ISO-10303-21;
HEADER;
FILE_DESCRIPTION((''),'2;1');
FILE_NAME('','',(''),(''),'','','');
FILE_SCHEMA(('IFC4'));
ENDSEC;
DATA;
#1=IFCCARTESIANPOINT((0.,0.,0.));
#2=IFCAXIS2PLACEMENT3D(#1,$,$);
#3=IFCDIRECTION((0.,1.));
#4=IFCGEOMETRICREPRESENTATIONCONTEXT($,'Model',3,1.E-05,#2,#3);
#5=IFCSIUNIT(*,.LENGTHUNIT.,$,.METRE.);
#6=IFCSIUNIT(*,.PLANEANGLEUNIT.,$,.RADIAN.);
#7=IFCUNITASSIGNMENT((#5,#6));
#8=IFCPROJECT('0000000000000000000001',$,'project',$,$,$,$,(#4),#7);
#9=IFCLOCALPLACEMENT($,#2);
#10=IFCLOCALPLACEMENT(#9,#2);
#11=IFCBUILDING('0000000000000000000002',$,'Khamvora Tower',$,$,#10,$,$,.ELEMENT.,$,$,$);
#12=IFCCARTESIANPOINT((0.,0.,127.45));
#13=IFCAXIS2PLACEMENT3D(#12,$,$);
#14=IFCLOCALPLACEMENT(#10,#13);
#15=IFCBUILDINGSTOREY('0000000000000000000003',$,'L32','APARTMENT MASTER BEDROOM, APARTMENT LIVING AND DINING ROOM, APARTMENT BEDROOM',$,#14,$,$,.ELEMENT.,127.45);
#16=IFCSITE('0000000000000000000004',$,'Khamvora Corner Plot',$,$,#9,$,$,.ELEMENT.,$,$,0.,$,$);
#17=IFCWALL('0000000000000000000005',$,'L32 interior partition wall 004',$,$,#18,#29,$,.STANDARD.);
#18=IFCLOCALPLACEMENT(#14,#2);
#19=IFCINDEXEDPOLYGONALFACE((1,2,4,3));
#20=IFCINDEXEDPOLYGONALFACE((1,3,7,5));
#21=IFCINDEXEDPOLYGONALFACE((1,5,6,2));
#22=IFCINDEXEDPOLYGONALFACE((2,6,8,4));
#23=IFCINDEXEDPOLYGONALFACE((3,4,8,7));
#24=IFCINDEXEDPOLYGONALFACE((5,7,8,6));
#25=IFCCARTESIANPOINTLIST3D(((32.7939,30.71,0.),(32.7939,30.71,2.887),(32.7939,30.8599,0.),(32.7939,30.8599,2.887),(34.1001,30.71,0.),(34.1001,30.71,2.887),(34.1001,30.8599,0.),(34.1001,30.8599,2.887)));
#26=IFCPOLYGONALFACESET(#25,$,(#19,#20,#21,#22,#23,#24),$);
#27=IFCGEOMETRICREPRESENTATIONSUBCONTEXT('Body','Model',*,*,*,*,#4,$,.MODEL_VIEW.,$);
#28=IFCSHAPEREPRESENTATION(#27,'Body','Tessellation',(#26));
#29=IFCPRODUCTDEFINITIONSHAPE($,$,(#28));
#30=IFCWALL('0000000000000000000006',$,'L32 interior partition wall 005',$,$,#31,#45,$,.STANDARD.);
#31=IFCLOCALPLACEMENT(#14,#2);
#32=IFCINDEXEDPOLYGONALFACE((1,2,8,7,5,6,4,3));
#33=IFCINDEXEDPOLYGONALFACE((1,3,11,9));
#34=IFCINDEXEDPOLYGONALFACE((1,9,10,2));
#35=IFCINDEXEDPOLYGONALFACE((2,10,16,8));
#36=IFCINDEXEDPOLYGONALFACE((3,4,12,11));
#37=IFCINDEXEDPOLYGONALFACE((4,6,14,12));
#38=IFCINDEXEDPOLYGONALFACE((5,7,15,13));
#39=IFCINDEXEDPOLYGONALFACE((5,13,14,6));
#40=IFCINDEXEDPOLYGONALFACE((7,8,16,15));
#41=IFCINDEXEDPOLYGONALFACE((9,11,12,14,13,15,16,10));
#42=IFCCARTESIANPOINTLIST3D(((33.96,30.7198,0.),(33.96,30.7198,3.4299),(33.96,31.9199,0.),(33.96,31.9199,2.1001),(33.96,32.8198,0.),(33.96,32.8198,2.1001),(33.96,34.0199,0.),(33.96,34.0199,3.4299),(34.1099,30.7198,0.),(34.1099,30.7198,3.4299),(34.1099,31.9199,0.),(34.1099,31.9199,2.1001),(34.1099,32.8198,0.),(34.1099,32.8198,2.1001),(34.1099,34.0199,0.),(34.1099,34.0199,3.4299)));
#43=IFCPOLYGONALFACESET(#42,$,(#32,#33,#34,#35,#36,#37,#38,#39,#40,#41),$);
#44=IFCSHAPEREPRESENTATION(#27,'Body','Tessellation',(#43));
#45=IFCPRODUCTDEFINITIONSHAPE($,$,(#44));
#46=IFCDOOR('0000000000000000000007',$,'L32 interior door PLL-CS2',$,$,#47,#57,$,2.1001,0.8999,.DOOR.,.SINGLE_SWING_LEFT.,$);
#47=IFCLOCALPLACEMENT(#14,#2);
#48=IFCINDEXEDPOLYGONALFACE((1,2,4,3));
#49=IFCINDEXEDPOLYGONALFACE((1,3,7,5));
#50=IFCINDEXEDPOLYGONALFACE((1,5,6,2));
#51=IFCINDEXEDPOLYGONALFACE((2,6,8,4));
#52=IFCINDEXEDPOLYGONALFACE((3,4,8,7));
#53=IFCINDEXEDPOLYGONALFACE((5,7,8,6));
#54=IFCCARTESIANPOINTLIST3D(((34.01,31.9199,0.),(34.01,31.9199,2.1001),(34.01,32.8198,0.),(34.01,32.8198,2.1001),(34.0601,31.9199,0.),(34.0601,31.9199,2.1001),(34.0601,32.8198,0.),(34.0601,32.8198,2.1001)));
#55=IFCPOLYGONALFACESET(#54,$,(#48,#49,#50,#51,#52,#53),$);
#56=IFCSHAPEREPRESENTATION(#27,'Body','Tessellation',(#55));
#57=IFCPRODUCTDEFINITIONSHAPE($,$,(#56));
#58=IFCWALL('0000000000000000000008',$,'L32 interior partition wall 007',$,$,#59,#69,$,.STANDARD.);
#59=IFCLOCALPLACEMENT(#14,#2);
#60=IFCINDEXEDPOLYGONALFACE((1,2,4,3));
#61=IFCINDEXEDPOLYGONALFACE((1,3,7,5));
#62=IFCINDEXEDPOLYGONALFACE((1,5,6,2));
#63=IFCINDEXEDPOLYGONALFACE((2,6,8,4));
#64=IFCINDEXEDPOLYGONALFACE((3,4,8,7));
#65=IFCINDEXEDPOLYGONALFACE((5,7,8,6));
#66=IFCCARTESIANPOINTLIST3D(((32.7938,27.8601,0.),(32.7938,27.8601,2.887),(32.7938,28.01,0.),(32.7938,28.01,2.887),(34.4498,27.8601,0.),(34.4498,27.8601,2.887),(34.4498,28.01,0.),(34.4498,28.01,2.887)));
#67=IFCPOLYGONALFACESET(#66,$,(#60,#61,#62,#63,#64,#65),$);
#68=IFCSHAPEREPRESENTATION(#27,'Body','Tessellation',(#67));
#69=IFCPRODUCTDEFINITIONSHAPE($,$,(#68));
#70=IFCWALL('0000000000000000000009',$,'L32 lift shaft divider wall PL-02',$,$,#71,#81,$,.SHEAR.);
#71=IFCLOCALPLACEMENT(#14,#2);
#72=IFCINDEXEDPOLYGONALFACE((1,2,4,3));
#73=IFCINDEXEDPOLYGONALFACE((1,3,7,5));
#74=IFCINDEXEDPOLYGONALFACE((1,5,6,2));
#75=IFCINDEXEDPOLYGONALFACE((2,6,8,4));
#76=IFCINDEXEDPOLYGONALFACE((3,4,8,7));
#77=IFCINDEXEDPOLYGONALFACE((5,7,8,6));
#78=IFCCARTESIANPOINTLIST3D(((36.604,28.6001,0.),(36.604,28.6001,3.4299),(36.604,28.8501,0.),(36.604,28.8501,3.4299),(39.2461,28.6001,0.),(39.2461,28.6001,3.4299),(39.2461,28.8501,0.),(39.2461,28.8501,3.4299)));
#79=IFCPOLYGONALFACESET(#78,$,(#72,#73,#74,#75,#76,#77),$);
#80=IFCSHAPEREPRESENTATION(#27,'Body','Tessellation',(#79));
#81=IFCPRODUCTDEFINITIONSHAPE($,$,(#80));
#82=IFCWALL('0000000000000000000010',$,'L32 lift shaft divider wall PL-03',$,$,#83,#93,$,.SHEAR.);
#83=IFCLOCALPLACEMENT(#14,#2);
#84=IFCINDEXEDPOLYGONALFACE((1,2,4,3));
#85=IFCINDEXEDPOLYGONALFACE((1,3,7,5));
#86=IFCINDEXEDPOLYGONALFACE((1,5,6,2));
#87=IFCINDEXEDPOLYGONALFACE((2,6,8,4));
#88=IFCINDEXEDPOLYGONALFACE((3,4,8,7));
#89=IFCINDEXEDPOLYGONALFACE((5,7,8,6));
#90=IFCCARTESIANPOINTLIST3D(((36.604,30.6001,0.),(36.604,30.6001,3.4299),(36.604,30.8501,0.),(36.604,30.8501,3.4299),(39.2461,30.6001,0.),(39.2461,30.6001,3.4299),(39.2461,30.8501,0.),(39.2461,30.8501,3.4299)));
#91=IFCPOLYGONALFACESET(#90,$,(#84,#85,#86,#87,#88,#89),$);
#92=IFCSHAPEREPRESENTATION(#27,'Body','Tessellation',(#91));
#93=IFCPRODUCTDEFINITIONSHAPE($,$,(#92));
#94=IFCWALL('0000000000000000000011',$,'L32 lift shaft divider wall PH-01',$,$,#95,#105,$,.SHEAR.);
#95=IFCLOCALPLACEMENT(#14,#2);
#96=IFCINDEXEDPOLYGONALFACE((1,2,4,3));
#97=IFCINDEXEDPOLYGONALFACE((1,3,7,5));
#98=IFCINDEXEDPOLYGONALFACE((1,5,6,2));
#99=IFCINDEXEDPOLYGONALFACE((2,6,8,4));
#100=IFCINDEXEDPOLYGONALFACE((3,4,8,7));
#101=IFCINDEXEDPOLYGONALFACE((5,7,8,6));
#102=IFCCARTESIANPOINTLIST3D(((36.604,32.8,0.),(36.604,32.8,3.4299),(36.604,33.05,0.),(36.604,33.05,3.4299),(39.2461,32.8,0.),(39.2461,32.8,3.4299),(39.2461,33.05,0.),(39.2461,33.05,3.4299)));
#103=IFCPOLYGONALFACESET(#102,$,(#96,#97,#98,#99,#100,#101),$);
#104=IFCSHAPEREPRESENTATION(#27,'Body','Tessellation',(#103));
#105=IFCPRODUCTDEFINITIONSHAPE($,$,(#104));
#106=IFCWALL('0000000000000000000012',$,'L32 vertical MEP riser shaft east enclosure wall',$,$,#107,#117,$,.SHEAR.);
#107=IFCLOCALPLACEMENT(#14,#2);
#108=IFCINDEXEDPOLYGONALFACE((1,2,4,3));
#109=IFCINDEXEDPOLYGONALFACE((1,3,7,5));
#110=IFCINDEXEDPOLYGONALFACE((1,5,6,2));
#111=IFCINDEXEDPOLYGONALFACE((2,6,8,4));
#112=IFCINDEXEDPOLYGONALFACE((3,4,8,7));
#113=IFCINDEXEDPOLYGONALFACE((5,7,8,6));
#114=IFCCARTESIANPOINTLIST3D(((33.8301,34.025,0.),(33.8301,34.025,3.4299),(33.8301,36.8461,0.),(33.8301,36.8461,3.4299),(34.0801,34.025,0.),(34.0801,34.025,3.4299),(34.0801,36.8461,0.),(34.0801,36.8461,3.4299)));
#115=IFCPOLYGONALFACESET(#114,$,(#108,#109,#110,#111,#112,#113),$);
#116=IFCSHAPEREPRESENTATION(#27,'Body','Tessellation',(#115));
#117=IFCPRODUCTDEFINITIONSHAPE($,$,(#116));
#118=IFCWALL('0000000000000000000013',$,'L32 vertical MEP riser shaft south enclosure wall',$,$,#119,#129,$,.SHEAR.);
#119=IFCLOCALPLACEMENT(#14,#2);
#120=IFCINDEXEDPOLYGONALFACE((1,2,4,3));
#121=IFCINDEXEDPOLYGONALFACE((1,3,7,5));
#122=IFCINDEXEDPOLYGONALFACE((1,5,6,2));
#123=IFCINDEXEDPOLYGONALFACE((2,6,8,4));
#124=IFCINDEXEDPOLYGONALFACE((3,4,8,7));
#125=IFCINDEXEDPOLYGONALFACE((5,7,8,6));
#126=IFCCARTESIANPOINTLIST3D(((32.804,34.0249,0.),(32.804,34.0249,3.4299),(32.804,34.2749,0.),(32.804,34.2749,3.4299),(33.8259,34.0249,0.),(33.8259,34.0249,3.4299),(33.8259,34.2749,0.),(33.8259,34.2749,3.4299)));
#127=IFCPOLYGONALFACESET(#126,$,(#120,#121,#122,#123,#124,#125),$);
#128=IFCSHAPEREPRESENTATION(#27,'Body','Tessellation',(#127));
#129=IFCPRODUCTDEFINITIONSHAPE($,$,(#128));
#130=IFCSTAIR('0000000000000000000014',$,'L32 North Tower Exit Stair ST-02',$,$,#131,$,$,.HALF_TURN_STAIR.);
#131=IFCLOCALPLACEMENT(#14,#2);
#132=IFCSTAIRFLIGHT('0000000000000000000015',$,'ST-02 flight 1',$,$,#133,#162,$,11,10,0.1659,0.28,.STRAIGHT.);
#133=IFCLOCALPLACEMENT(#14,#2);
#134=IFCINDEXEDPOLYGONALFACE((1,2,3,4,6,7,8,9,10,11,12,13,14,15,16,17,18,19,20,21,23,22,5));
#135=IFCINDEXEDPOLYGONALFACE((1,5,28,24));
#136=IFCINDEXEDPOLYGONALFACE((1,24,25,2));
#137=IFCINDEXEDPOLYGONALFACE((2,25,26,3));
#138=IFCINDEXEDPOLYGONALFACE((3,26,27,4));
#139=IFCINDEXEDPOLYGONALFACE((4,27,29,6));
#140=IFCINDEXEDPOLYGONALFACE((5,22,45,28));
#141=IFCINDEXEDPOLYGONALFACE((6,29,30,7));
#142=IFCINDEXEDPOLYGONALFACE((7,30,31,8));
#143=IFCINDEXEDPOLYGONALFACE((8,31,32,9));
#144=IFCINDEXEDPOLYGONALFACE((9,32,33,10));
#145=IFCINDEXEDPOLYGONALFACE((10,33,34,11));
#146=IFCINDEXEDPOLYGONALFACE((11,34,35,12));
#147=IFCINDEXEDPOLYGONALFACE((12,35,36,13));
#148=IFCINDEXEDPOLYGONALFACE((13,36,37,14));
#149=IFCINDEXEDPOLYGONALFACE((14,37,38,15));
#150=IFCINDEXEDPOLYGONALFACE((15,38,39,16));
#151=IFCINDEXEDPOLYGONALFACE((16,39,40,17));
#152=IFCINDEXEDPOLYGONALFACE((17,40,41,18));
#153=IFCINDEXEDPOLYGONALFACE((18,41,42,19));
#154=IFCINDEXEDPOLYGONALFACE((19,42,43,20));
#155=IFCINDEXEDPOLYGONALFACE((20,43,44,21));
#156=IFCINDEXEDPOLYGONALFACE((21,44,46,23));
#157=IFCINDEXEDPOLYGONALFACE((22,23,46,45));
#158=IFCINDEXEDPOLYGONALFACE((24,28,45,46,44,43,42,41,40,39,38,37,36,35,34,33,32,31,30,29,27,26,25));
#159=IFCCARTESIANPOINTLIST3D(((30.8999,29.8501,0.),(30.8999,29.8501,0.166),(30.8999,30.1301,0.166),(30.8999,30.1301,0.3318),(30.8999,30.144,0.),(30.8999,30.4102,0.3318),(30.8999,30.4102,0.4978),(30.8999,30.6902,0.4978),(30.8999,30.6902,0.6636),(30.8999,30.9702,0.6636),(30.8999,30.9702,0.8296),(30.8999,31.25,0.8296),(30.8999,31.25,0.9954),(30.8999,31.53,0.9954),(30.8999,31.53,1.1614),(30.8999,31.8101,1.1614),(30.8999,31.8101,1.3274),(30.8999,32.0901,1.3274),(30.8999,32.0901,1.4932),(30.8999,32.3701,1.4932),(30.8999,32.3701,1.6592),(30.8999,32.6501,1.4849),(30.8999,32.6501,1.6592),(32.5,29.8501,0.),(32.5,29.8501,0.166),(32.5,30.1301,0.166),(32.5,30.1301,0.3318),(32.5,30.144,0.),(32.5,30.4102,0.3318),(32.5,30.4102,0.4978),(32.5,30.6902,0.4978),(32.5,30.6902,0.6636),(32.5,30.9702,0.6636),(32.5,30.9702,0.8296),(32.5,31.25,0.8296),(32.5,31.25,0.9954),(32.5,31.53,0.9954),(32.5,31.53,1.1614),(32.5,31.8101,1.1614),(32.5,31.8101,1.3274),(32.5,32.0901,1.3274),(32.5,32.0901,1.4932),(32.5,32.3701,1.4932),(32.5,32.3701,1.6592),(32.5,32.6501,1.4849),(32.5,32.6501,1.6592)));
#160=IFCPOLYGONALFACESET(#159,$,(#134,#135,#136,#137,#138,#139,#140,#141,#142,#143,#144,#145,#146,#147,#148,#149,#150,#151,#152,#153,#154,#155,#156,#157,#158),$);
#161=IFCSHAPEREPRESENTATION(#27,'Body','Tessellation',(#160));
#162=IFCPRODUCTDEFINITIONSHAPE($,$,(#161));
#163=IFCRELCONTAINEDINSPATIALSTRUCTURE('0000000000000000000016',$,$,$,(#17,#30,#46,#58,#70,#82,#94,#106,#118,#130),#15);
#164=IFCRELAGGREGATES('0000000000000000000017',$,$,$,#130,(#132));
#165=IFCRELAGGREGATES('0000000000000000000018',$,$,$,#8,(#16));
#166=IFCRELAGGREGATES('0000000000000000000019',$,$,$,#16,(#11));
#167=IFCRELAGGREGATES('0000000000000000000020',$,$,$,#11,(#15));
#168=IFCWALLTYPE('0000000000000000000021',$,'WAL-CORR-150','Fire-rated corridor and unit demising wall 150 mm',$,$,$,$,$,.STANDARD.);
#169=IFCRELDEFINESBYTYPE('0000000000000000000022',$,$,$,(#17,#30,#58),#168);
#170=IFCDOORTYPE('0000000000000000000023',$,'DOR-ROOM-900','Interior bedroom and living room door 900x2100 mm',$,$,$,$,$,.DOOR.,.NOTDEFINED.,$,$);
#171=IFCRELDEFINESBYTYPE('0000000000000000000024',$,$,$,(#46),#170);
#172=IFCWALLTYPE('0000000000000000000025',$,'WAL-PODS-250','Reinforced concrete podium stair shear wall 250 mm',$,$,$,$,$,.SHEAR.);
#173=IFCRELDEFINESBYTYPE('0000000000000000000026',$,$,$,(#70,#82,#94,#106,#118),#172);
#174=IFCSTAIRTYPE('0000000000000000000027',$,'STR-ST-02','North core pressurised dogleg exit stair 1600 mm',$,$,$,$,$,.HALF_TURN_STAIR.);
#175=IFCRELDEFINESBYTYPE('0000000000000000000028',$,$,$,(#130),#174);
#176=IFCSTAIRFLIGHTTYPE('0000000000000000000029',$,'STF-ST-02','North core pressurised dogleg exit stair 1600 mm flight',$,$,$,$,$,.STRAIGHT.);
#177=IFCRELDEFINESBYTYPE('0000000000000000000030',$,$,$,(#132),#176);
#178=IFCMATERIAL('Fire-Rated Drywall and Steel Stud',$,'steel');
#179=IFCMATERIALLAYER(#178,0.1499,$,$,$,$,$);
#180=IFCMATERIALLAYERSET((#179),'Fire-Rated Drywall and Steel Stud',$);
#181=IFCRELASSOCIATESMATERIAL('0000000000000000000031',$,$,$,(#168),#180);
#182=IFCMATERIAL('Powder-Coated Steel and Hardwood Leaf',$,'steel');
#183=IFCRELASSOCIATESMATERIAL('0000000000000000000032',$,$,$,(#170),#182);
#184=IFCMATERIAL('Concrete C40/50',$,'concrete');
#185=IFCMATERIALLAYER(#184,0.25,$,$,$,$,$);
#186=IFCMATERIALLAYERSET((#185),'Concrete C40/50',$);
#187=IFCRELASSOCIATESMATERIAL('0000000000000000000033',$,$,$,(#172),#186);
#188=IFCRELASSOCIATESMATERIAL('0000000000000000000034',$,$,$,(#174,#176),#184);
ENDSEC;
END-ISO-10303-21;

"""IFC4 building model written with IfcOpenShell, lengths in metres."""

from ifc_helpers import new_model, si_unit, direction, frame, frame_2d, origin, place, context, subcontext, project, spatial, polyline, rectangle, outline, extrude, material, layer, layer_set, type_object, element, fill, aggregate, save


model = new_model("IFC4")

# Units and contexts
model_context = context("Model", 3, precision=1e-05, world=origin(), true_north=direction((0.0, 1.0)))
body_context = subcontext(model_context, "Body", "Model", "MODEL_VIEW")
ifc_project = project(units=[si_unit("LENGTHUNIT", "METRE"), si_unit("PLANEANGLEUNIT", "RADIAN")], contexts=[model_context])

# Site, building, storey
site_placement = place(None, origin())
site = spatial("IfcSite", under=ifc_project, at=site_placement, Name="Khamvora Corner Plot", CompositionType="ELEMENT", RefElevation=0.0)
building_placement = place(site_placement, origin())
building = spatial("IfcBuilding", under=site, at=building_placement, Name="Khamvora Tower", CompositionType="ELEMENT")
storey_placement = place(building_placement, frame((0.0, 0.0, 127.45)))
storey = spatial("IfcBuildingStorey", under=building, at=storey_placement, Name="L32", Description="APARTMENT MASTER BEDROOM, APARTMENT LIVING AND DINING ROOM, APARTMENT BEDROOM", CompositionType="ELEMENT", Elevation=127.45)

# Shared definitions
ifc_material_1 = material(Name="Powder-Coated Steel and Hardwood Leaf", Category="steel")

# Wall
ifc_material_2 = material(Name="Fire-Rated Drywall and Steel Stud", Category="steel")
ifc_layer_1 = layer(ifc_material_2, 0.1499)
ifc_layer_set_1 = layer_set([ifc_layer_1], Name="Fire-Rated Drywall and Steel Stud")
wall_type_1 = type_object("IfcWallType", Name="WAL-CORR-150", Description="Fire-rated corridor and unit demising wall 150 mm", PredefinedType="STANDARD", material=ifc_layer_set_1)
wall_1_placement = place(storey_placement, frame((32.7939, 30.7849, 0.0), z_axis=(0.0, 0.0, 1.0), x_axis=(1.0, 0.0, 0.0)))
element("IfcWall", 1, at=wall_1_placement, inside=storey, type_object=wall_type_1, Name="L32 interior partition wall 004", PredefinedType="STANDARD", context=body_context, shape_type="SweptSolid", body=[
    extrude(rectangle(XDim=1.3062, YDim=0.1499, at=frame_2d((0.6531, 0.0))), origin(), (0.0, 0.0, 1.0), 2.887),
])

# Wall, opening, door
wall_2_placement = place(storey_placement, frame((34.0349, 30.72, 0.0), z_axis=(0.0, 0.0, 1.0), x_axis=(0.0, 1.0, 0.0)))
wall_2 = element("IfcWall", 2, at=wall_2_placement, inside=storey, type_object=wall_type_1, Name="L32 interior partition wall 005", PredefinedType="STANDARD", context=body_context, shape_type="SweptSolid", body=[
    extrude(rectangle(XDim=3.3, YDim=0.1499, at=frame_2d((1.6499, 0.0))), origin(), (0.0, 0.0, 1.0), 3.4299),
])
opening_1_placement = place(wall_2_placement, frame((1.2, 0.0, 0.0)))
opening_1 = element("IfcOpeningElement", 3, at=opening_1_placement, cuts=wall_2, PredefinedType="OPENING", context=body_context, shape_type="SweptSolid", body=[
    extrude(rectangle(XDim=0.8999, YDim=2.1001, at=frame_2d((0.45, 1.05))), frame((0.0, 0.085, 0.0), z_axis=(0.0, -1.0, 0.0), x_axis=(1.0, 0.0, 0.0)), (0.0, 0.0, 1.0), 0.1699),
])
door_type_1 = type_object("IfcDoorType", Name="DOR-ROOM-900", Description="Interior bedroom and living room door 900x2100 mm", OperationType="NOTDEFINED", PredefinedType="DOOR", material=ifc_material_1)
door_1_placement = place(opening_1_placement, origin())
door_1 = element("IfcDoor", 4, at=door_1_placement, inside=storey, type_object=door_type_1, Name="L32 interior door PLL-CS2", OperationType="SINGLE_SWING_LEFT", OverallHeight=2.1001, OverallWidth=0.8999, PredefinedType="DOOR", context=body_context, shape_type="SweptSolid", body=[
    extrude(rectangle(XDim=0.8999, YDim=2.1001, at=frame_2d((0.45, 1.05))), frame((0.0, 0.0249, 0.0), z_axis=(0.0, -1.0, 0.0), x_axis=(1.0, 0.0, 0.0)), (0.0, 0.0, 1.0), 0.05),
])
fill(opening_1, door_1)

# Walls
wall_3_placement = place(storey_placement, frame((34.45, 27.9351, 0.0), z_axis=(0.0, 0.0, 1.0), x_axis=(-1.0, 0.0, 0.0)))
element("IfcWall", 5, at=wall_3_placement, inside=storey, type_object=wall_type_1, Name="L32 interior partition wall 007", PredefinedType="STANDARD", context=body_context, shape_type="SweptSolid", body=[
    extrude(rectangle(XDim=1.656, YDim=0.1499, at=frame_2d((0.8281, 0.0))), origin(), (0.0, 0.0, 1.0), 2.887),
])
ifc_material_3 = material(Name="Concrete C40/50", Category="concrete")
ifc_layer_2 = layer(ifc_material_3, 0.25)
ifc_layer_set_2 = layer_set([ifc_layer_2], Name="Concrete C40/50")
wall_type_2 = type_object("IfcWallType", Name="WAL-PODS-250", Description="Reinforced concrete podium stair shear wall 250 mm", PredefinedType="SHEAR", material=ifc_layer_set_2)
for number, where, z_axis, x_axis, name in (
    (6, (36.604, 28.7251, 0.0), (0.0, 0.0, 1.0), (1.0, 0.0, 0.0), "L32 lift shaft divider wall PL-02"),
    (7, (36.604, 30.7251, 0.0), (0.0, 0.0, 1.0), (1.0, 0.0, 0.0), "L32 lift shaft divider wall PL-03"),
    (8, (36.604, 32.925, 0.0), (0.0, 0.0, 1.0), (1.0, 0.0, 0.0), "L32 lift shaft divider wall PH-01"),
):
    element("IfcWall", number, at=place(storey_placement, frame(where, z_axis=z_axis, x_axis=x_axis)), inside=storey, type_object=wall_type_2, Name=name, PredefinedType="SHEAR", context=body_context, shape_type="SweptSolid", body=[
        extrude(rectangle(XDim=2.6421, YDim=0.25, at=frame_2d((1.321, 0.0))), origin(), (0.0, 0.0, 1.0), 3.4299),
    ])
wall_4_placement = place(storey_placement, frame((33.9551, 34.0249, 0.0), z_axis=(0.0, 0.0, 1.0), x_axis=(0.0, 1.0, 0.0)))
element("IfcWall", 9, at=wall_4_placement, inside=storey, type_object=wall_type_2, Name="L32 vertical MEP riser shaft east enclosure wall", PredefinedType="SHEAR", context=body_context, shape_type="SweptSolid", body=[
    extrude(rectangle(XDim=2.821, YDim=0.25, at=frame_2d((1.4106, 0.0))), origin(), (0.0, 0.0, 1.0), 3.4299),
])
wall_5_placement = place(storey_placement, frame((32.804, 34.1499, 0.0), z_axis=(0.0, 0.0, 1.0), x_axis=(1.0, 0.0, 0.0)))
element("IfcWall", 10, at=wall_5_placement, inside=storey, type_object=wall_type_2, Name="L32 vertical MEP riser shaft south enclosure wall", PredefinedType="SHEAR", context=body_context, shape_type="SweptSolid", body=[
    extrude(rectangle(XDim=1.022, YDim=0.25, at=frame_2d((0.511, 0.0))), origin(), (0.0, 0.0, 1.0), 3.4299),
])

# Stair, stair flight
stair_type = type_object("IfcStairType", Name="STR-ST-02", Description="North core pressurised dogleg exit stair 1600 mm", PredefinedType="HALF_TURN_STAIR", material=ifc_material_3)
stair_placement = place(storey_placement, origin())
stair = element("IfcStair", 11, at=stair_placement, inside=storey, type_object=stair_type, Name="L32 North Tower Exit Stair ST-02", PredefinedType="HALF_TURN_STAIR")
stair_flight_type = type_object("IfcStairFlightType", Name="STF-ST-02", Description="North core pressurised dogleg exit stair 1600 mm flight", PredefinedType="STRAIGHT", material=ifc_material_3)
stair_flight_placement = place(storey_placement, frame((31.7, 29.8501, 0.0), z_axis=(0.0, 0.0, 1.0), x_axis=(0.0, 1.0, 0.0)))
stair_flight = element("IfcStairFlight", 12, at=stair_flight_placement, type_object=stair_flight_type, Name="ST-02 flight 1", NumberOfRisers=11, NumberOfTreads=10, PredefinedType="STRAIGHT", RiserHeight=0.1659, TreadLength=0.28, context=body_context, shape_type="SweptSolid", body=[
    extrude(outline(polyline([(0.0, 0.0), (0.0, 0.166), (0.28, 0.166), (0.28, 0.3318), (0.5601, 0.3318), (0.5601, 0.4978), (0.8401, 0.4978), (0.8401, 0.6636), (1.1201, 0.6636), (1.1201, 0.8296), (1.3999, 0.8296), (1.3999, 0.9954), (1.6799, 0.9954), (1.6799, 1.1614), (1.96, 1.1614), (1.96, 1.3274), (2.24, 1.3274), (2.24, 1.4932), (2.52, 1.4932), (2.52, 1.6592), (2.8, 1.6592), (2.8, 1.825), (2.8, 1.4849), (0.2939, 0.0), (0.0, 0.0)])), frame((0.0, 0.8, 0.0), z_axis=(0.0, -1.0, 0.0), x_axis=(1.0, 0.0, 0.0)), (0.0, 0.0, 1.0), 1.6001),
])
aggregate(stair, [stair_flight])

save(model, "model.ifc")
